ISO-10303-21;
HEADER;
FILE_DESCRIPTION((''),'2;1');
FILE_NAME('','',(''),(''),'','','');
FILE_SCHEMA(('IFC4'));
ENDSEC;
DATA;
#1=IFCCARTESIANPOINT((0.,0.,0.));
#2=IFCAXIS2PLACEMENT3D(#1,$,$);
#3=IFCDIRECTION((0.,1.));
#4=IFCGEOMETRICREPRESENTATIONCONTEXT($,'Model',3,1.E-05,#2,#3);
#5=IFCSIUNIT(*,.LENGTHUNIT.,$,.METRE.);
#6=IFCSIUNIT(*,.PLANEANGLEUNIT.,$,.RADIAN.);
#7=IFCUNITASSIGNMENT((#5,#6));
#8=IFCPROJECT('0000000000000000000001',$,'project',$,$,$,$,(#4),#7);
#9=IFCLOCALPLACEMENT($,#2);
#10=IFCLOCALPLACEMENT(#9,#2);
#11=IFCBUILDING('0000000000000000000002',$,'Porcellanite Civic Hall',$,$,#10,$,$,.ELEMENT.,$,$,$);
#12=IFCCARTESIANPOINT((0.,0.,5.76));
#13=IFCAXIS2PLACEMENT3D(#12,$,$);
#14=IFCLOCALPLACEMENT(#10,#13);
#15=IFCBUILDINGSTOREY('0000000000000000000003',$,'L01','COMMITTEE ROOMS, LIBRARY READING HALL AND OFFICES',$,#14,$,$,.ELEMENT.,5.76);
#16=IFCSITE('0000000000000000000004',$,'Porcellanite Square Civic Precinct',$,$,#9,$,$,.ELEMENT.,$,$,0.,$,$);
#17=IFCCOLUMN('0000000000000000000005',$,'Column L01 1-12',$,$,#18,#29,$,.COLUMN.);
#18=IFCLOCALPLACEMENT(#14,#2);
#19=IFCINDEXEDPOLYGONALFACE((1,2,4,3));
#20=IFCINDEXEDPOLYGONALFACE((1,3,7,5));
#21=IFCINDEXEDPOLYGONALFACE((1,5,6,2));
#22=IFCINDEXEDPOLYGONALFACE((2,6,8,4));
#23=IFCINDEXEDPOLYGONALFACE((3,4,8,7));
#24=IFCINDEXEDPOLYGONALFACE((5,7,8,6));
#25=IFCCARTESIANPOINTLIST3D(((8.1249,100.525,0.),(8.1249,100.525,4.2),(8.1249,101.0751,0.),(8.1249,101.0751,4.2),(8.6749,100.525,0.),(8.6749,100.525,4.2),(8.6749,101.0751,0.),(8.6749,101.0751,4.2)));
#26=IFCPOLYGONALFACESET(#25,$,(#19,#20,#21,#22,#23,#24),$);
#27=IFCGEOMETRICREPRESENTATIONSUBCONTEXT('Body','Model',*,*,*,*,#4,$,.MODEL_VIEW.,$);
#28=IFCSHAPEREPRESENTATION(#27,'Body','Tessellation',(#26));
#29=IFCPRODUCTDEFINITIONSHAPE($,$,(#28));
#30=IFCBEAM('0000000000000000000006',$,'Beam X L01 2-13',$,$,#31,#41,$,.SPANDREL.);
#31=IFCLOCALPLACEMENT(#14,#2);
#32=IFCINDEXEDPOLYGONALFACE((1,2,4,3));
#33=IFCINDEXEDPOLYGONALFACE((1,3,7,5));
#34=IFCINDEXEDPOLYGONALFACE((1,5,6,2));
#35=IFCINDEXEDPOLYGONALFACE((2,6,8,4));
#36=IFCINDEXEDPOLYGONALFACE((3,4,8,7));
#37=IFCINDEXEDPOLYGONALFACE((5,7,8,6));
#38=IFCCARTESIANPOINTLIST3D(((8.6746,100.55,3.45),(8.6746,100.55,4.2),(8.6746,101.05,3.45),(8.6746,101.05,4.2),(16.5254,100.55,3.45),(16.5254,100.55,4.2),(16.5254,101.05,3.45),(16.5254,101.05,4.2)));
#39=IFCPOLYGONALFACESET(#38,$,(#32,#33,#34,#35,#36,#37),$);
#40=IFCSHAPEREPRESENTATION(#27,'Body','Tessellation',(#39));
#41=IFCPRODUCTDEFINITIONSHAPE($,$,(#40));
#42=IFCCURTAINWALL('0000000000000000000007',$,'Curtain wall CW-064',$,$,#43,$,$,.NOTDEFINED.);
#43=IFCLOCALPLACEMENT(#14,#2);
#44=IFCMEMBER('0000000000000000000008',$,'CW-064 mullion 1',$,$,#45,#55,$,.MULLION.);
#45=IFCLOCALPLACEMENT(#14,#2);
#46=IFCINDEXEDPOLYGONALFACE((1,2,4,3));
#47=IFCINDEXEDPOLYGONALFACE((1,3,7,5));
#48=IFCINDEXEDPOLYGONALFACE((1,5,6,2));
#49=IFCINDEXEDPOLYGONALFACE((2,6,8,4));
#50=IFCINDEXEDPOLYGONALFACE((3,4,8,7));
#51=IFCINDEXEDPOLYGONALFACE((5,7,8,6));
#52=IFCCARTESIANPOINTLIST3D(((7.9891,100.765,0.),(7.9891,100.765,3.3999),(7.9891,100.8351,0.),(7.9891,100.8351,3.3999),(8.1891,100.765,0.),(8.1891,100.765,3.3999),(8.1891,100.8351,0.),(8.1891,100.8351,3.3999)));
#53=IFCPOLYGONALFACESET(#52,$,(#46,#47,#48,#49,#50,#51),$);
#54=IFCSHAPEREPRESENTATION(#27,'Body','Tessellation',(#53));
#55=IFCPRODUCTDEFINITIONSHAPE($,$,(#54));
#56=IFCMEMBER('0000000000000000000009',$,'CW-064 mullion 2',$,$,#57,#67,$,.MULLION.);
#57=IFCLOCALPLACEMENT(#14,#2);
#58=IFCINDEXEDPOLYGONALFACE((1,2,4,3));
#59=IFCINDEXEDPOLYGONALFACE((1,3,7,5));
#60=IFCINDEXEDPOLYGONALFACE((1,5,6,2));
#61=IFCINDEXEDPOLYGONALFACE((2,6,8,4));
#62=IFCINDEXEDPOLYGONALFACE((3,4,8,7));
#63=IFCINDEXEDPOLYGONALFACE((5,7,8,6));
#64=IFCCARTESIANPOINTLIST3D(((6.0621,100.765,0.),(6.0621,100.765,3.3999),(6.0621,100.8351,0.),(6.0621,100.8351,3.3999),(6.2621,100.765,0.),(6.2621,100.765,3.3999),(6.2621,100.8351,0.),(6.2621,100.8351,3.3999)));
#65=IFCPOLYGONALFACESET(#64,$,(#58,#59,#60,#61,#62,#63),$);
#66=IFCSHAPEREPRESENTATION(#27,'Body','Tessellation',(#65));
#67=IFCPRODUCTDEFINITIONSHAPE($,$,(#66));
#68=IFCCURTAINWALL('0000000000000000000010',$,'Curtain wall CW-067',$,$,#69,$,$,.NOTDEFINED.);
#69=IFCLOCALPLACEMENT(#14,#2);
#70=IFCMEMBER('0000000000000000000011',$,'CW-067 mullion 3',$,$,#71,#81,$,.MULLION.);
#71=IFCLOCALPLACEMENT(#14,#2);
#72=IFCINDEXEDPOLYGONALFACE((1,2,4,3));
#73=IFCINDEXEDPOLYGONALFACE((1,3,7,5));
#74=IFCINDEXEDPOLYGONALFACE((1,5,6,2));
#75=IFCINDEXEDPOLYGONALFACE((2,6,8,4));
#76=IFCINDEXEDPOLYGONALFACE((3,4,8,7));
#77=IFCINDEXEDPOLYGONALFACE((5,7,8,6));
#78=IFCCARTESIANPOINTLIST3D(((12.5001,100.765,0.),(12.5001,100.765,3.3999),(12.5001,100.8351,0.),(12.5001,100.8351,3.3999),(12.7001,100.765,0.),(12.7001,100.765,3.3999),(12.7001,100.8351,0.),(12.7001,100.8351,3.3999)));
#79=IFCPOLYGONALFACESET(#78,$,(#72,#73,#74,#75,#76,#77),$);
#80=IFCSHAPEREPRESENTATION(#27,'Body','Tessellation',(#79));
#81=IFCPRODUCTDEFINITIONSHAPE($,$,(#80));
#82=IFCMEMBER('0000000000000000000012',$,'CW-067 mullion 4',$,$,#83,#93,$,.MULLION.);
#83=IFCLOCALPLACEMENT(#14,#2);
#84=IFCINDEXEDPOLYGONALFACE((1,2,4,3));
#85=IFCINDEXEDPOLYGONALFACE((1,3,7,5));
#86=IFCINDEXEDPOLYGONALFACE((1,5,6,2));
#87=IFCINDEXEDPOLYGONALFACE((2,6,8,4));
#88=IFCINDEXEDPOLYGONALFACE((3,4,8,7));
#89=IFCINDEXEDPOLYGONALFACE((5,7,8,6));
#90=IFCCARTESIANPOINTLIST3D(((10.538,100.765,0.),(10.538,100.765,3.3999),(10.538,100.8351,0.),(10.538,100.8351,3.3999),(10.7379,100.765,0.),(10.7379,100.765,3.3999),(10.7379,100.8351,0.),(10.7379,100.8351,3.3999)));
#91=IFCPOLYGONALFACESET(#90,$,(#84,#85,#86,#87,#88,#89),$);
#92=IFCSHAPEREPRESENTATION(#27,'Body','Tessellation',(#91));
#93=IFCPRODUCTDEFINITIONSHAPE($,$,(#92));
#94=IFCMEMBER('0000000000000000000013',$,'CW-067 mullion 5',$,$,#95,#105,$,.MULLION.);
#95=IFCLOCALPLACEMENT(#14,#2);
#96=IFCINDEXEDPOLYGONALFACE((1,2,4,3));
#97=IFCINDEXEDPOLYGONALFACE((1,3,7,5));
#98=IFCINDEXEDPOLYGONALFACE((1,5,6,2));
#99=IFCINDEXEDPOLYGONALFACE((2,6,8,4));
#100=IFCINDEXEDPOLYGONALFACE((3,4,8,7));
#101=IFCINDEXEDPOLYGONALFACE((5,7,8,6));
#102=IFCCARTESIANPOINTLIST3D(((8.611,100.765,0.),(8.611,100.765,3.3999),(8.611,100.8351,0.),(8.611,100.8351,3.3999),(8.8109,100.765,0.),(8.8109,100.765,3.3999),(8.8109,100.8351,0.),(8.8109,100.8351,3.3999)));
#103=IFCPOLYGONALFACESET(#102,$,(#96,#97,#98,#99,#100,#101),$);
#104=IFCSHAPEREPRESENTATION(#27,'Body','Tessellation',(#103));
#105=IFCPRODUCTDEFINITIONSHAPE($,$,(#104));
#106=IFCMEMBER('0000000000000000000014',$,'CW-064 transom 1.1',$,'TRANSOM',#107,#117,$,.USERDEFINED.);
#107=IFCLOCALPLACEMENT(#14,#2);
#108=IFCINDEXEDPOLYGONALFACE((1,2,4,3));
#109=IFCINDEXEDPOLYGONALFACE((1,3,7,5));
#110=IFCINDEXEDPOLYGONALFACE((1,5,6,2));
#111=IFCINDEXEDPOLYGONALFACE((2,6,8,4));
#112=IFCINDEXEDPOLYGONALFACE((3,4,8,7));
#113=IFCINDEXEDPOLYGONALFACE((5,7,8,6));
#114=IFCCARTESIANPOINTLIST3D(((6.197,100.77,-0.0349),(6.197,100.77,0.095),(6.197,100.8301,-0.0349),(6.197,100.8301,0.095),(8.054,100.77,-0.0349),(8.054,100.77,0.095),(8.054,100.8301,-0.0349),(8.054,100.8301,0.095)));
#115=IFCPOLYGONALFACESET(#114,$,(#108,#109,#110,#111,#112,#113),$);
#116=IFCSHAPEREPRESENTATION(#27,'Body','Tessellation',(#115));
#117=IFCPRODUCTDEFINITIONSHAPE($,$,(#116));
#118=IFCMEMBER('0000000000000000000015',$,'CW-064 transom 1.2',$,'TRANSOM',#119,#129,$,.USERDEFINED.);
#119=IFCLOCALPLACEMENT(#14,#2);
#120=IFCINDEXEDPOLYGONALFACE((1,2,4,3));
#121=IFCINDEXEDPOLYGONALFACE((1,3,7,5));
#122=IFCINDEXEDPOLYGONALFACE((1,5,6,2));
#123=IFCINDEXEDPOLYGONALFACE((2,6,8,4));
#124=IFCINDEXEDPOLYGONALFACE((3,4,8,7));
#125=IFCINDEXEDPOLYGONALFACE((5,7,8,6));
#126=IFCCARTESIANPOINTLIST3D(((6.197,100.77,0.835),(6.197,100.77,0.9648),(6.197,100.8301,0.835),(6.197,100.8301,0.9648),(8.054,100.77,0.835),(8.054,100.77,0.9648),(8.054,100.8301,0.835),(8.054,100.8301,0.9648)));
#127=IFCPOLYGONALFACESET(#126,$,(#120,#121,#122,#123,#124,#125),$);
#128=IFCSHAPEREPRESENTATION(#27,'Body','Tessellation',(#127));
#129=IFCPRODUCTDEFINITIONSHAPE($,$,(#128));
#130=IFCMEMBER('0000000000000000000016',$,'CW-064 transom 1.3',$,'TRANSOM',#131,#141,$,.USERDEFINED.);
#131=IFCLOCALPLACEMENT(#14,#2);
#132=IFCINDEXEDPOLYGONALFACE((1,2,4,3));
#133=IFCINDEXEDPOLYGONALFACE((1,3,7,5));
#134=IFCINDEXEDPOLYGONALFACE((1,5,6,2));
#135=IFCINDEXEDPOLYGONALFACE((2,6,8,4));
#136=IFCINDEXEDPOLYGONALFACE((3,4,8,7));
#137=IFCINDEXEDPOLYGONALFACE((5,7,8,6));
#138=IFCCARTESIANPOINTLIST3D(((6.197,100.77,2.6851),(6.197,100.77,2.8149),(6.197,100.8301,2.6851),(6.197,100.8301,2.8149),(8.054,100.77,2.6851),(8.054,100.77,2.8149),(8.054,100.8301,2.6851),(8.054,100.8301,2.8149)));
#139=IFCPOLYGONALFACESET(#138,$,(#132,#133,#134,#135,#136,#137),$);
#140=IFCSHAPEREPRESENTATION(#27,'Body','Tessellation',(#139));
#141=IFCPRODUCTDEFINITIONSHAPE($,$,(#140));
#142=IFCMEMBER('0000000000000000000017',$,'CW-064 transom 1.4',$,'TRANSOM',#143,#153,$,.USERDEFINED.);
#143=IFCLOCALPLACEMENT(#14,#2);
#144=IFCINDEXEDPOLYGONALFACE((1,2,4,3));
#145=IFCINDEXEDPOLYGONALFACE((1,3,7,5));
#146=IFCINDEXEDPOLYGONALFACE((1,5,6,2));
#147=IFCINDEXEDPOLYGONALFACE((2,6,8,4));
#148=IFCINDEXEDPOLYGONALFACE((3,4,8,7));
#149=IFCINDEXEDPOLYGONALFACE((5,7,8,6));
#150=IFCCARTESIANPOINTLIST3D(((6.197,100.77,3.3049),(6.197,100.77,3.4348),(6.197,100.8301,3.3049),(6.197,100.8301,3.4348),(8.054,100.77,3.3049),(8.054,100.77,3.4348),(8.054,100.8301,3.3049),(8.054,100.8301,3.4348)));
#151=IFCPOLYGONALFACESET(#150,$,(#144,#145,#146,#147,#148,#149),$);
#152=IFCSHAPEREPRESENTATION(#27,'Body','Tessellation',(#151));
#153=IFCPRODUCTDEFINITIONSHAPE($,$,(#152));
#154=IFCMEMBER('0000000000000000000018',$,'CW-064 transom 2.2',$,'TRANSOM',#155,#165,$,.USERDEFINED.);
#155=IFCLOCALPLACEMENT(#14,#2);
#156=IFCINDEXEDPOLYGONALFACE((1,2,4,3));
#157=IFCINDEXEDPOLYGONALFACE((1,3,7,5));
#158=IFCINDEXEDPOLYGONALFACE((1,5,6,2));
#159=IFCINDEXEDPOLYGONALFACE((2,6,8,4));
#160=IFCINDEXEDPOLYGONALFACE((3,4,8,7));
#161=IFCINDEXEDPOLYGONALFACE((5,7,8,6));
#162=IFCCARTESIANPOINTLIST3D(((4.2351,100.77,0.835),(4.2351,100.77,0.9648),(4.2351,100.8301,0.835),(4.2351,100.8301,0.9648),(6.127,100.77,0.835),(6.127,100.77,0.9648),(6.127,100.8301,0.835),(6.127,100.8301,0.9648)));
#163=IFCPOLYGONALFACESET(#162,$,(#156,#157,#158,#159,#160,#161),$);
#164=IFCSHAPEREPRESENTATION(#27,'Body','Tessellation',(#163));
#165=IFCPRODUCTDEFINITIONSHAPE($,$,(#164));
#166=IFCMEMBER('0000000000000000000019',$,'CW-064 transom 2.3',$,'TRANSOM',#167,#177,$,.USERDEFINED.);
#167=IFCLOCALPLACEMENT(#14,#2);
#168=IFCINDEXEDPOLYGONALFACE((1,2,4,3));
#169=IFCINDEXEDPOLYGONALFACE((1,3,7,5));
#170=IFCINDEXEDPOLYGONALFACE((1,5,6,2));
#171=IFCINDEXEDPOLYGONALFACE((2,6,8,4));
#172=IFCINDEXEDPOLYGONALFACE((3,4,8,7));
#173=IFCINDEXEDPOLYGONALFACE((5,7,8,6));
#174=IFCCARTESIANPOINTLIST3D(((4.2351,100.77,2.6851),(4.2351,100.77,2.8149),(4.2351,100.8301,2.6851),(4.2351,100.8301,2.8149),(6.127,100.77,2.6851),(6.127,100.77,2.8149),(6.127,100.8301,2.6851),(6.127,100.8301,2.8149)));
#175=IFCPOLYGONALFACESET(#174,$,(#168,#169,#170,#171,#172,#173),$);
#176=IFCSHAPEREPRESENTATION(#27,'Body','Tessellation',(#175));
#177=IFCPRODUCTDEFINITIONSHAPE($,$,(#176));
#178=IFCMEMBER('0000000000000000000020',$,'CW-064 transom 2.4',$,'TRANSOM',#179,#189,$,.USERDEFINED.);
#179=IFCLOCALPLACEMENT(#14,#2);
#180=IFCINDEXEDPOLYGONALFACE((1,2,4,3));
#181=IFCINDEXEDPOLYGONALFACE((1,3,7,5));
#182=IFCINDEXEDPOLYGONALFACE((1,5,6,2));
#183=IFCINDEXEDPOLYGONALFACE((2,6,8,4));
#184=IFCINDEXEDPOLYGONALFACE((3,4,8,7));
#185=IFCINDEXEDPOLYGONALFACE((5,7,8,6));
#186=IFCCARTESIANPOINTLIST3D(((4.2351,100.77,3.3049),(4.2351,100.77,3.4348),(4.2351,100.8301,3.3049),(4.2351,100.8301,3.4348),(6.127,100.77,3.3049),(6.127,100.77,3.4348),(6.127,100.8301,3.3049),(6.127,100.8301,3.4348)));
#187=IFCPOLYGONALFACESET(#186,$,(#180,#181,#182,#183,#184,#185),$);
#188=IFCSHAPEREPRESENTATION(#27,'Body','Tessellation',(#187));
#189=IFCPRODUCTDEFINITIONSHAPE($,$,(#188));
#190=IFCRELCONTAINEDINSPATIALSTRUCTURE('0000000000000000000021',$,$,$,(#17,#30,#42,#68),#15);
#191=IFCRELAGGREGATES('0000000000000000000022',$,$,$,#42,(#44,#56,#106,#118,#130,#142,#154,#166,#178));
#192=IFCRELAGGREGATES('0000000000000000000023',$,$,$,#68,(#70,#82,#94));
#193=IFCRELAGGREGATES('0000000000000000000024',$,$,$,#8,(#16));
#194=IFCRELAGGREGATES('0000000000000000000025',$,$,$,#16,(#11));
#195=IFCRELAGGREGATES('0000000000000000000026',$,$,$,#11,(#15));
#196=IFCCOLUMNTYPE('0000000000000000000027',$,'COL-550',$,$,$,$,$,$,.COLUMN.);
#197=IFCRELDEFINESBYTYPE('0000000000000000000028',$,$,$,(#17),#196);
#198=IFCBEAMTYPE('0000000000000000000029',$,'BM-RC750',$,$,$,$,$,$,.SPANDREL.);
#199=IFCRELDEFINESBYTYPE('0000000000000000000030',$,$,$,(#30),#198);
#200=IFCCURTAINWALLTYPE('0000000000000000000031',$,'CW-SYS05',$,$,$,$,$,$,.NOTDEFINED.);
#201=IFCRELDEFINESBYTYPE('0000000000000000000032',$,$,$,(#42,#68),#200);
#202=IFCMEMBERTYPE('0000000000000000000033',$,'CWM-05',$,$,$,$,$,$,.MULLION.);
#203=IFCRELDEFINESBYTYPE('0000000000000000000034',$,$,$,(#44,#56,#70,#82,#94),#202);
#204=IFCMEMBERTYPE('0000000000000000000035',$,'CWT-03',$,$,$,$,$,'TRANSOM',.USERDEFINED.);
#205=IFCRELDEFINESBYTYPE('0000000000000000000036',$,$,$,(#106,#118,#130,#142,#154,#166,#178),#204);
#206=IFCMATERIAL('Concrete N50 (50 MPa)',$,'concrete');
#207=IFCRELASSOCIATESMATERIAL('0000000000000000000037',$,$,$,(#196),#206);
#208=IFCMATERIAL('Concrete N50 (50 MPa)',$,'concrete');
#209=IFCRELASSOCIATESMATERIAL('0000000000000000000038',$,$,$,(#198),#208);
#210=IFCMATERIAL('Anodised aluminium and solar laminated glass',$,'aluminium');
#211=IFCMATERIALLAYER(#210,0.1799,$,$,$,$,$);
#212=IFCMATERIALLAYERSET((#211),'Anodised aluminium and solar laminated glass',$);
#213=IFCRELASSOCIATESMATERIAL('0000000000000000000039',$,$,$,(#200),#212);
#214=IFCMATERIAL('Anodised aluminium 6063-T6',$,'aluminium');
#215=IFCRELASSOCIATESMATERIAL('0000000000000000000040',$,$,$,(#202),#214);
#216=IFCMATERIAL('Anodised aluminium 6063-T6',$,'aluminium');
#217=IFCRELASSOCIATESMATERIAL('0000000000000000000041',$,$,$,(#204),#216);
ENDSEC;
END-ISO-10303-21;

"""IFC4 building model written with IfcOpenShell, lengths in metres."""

from ifc_helpers import new_model, si_unit, direction, frame, origin, origin_2d, place, context, subcontext, project, spatial, rectangle, extrude, material, layer, layer_set, material_profile, profile_set, type_object, element, aggregate, save


model = new_model("IFC4")

# Units and contexts
model_context = context("Model", 3, precision=1e-05, world=origin(), true_north=direction((0.0, 1.0)))
body_context = subcontext(model_context, "Body", "Model", "MODEL_VIEW")
ifc_project = project(units=[si_unit("LENGTHUNIT", "METRE"), si_unit("PLANEANGLEUNIT", "RADIAN")], contexts=[model_context])

# Site, building, storey
site_placement = place(None, origin())
site = spatial("IfcSite", under=ifc_project, at=site_placement, Name="Porcellanite Square Civic Precinct", CompositionType="ELEMENT", RefElevation=0.0)
building_placement = place(site_placement, origin())
building = spatial("IfcBuilding", under=site, at=building_placement, Name="Porcellanite Civic Hall", CompositionType="ELEMENT")
storey_placement = place(building_placement, frame((0.0, 0.0, 5.76)))
storey = spatial("IfcBuildingStorey", under=building, at=storey_placement, Name="L01", Description="COMMITTEE ROOMS, LIBRARY READING HALL AND OFFICES", CompositionType="ELEMENT", Elevation=5.76)

# Column
ifc_material_1 = material(Name="Concrete N50 (50 MPa)", Category="concrete")
ifc_material_profile_1 = material_profile(ifc_material_1, rectangle(XDim=0.55, YDim=0.55, at=origin_2d()), Name="RC-550x550")
ifc_profile_set_1 = profile_set([ifc_material_profile_1], Name="Concrete N50 (50 MPa)")
column_type = type_object("IfcColumnType", Name="COL-550", PredefinedType="COLUMN", material=ifc_profile_set_1)
column_placement = place(storey_placement, frame((8.3999, 100.8, 0.0), z_axis=(0.0, 0.0, 1.0), x_axis=(1.0, 0.0, 0.0)))
element("IfcColumn", 1, at=column_placement, inside=storey, type_object=column_type, Name="Column L01 1-12", PredefinedType="COLUMN", context=body_context, shape_type="SweptSolid", body=[
    extrude(rectangle(XDim=0.55, YDim=0.55, at=origin_2d()), origin(), (0.0, 0.0, 1.0), 4.2),
])

# Beam
ifc_material_2 = material(Name="Concrete N50 (50 MPa)", Category="concrete")
ifc_material_profile_2 = material_profile(ifc_material_2, rectangle(XDim=0.5, YDim=0.75, at=origin_2d()), Name="RC-500x750")
ifc_profile_set_2 = profile_set([ifc_material_profile_2], Name="Concrete N50 (50 MPa)")
beam_type = type_object("IfcBeamType", Name="BM-RC750", PredefinedType="SPANDREL", material=ifc_profile_set_2)
beam_placement = place(storey_placement, frame((8.6746, 100.8, 3.825), z_axis=(1.0, 0.0, 0.0), x_axis=(0.0, 1.0, 0.0)))
element("IfcBeam", 2, at=beam_placement, inside=storey, type_object=beam_type, Name="Beam X L01 2-13", PredefinedType="SPANDREL", context=body_context, shape_type="SweptSolid", body=[
    extrude(rectangle(XDim=0.5, YDim=0.75, at=origin_2d()), origin(), (0.0, 0.0, 1.0), 7.8508),
])

# Curtain walls, members
ifc_material_3 = material(Name="Anodised aluminium and solar laminated glass", Category="aluminium")
ifc_layer_1 = layer(ifc_material_3, 0.1799)
ifc_layer_set_1 = layer_set([ifc_layer_1], Name="Anodised aluminium and solar laminated glass")
curtain_wall_type = type_object("IfcCurtainWallType", Name="CW-SYS05", PredefinedType="NOTDEFINED", material=ifc_layer_set_1)
curtain_wall_1_placement = place(storey_placement, origin())
curtain_wall_1 = element("IfcCurtainWall", 3, at=curtain_wall_1_placement, inside=storey, type_object=curtain_wall_type, Name="Curtain wall CW-064", PredefinedType="NOTDEFINED")
ifc_material_4 = material(Name="Anodised aluminium 6063-T6", Category="aluminium")
ifc_material_profile_3 = material_profile(ifc_material_4, rectangle(XDim=0.0701, YDim=0.2, at=origin_2d()), Name="AL-70x200")
ifc_profile_set_3 = profile_set([ifc_material_profile_3], Name="Anodised aluminium 6063-T6")
member_type_1 = type_object("IfcMemberType", Name="CWM-05", PredefinedType="MULLION", material=ifc_profile_set_3)
member_1_placement = place(storey_placement, frame((8.0891, 100.8, 0.0), z_axis=(0.0, 0.0, 1.0), x_axis=(0.0, -1.0, 0.0)))
member_1 = element("IfcMember", 4, at=member_1_placement, type_object=member_type_1, Name="CW-064 mullion 1", PredefinedType="MULLION", context=body_context, shape_type="SweptSolid", body=[
    extrude(rectangle(XDim=0.0701, YDim=0.2, at=origin_2d()), origin(), (0.0, 0.0, 1.0), 3.3999),
])
member_2_placement = place(storey_placement, frame((6.1621, 100.8, 0.0), z_axis=(0.0, 0.0, 1.0), x_axis=(0.0, -1.0, 0.0)))
member_2 = element("IfcMember", 5, at=member_2_placement, type_object=member_type_1, Name="CW-064 mullion 2", PredefinedType="MULLION", context=body_context, shape_type="SweptSolid", body=[
    extrude(rectangle(XDim=0.0701, YDim=0.2, at=origin_2d()), origin(), (0.0, 0.0, 1.0), 3.3999),
])
curtain_wall_2_placement = place(storey_placement, origin())
curtain_wall_2 = element("IfcCurtainWall", 6, at=curtain_wall_2_placement, inside=storey, type_object=curtain_wall_type, Name="Curtain wall CW-067", PredefinedType="NOTDEFINED")
member_3_placement = place(storey_placement, frame((12.6001, 100.8, 0.0), z_axis=(0.0, 0.0, 1.0), x_axis=(0.0, -1.0, 0.0)))
member_3 = element("IfcMember", 7, at=member_3_placement, type_object=member_type_1, Name="CW-067 mullion 3", PredefinedType="MULLION", context=body_context, shape_type="SweptSolid", body=[
    extrude(rectangle(XDim=0.0701, YDim=0.2, at=origin_2d()), origin(), (0.0, 0.0, 1.0), 3.3999),
])
member_4_placement = place(storey_placement, frame((10.6379, 100.8, 0.0), z_axis=(0.0, 0.0, 1.0), x_axis=(0.0, -1.0, 0.0)))
member_4 = element("IfcMember", 8, at=member_4_placement, type_object=member_type_1, Name="CW-067 mullion 4", PredefinedType="MULLION", context=body_context, shape_type="SweptSolid", body=[
    extrude(rectangle(XDim=0.0701, YDim=0.2, at=origin_2d()), origin(), (0.0, 0.0, 1.0), 3.3999),
])
member_5_placement = place(storey_placement, frame((8.7109, 100.8, 0.0), z_axis=(0.0, 0.0, 1.0), x_axis=(0.0, -1.0, 0.0)))
member_5 = element("IfcMember", 9, at=member_5_placement, type_object=member_type_1, Name="CW-067 mullion 5", PredefinedType="MULLION", context=body_context, shape_type="SweptSolid", body=[
    extrude(rectangle(XDim=0.0701, YDim=0.2, at=origin_2d()), origin(), (0.0, 0.0, 1.0), 3.3999),
])

# Members
ifc_material_5 = material(Name="Anodised aluminium 6063-T6", Category="aluminium")
ifc_material_profile_4 = material_profile(ifc_material_5, rectangle(XDim=0.0601, YDim=0.1299, at=origin_2d()), Name="AL-60x130")
ifc_profile_set_4 = profile_set([ifc_material_profile_4], Name="Anodised aluminium 6063-T6")
member_type_2 = type_object("IfcMemberType", Name="CWT-03", ElementType="TRANSOM", PredefinedType="USERDEFINED", material=ifc_profile_set_4)
member_6_placement = place(storey_placement, frame((8.054, 100.8, 0.03), z_axis=(-1.0, 0.0, 0.0), x_axis=(0.0, -1.0, 0.0)))
member_6 = element("IfcMember", 10, at=member_6_placement, type_object=member_type_2, Name="CW-064 transom 1.1", ObjectType="TRANSOM", PredefinedType="USERDEFINED", context=body_context, shape_type="SweptSolid", body=[
    extrude(rectangle(XDim=0.0601, YDim=0.1299, at=origin_2d()), origin(), (0.0, 0.0, 1.0), 1.8569),
])
member_7_placement = place(storey_placement, frame((8.054, 100.8, 0.8999), z_axis=(-1.0, 0.0, 0.0), x_axis=(0.0, -1.0, 0.0)))
member_7 = element("IfcMember", 11, at=member_7_placement, type_object=member_type_2, Name="CW-064 transom 1.2", ObjectType="TRANSOM", PredefinedType="USERDEFINED", context=body_context, shape_type="SweptSolid", body=[
    extrude(rectangle(XDim=0.0601, YDim=0.1299, at=origin_2d()), origin(), (0.0, 0.0, 1.0), 1.8569),
])
member_8_placement = place(storey_placement, frame((8.054, 100.8, 2.75), z_axis=(-1.0, 0.0, 0.0), x_axis=(0.0, -1.0, 0.0)))
member_8 = element("IfcMember", 12, at=member_8_placement, type_object=member_type_2, Name="CW-064 transom 1.3", ObjectType="TRANSOM", PredefinedType="USERDEFINED", context=body_context, shape_type="SweptSolid", body=[
    extrude(rectangle(XDim=0.0601, YDim=0.1299, at=origin_2d()), origin(), (0.0, 0.0, 1.0), 1.8569),
])
member_9_placement = place(storey_placement, frame((8.054, 100.8, 3.3699), z_axis=(-1.0, 0.0, 0.0), x_axis=(0.0, -1.0, 0.0)))
member_9 = element("IfcMember", 13, at=member_9_placement, type_object=member_type_2, Name="CW-064 transom 1.4", ObjectType="TRANSOM", PredefinedType="USERDEFINED", context=body_context, shape_type="SweptSolid", body=[
    extrude(rectangle(XDim=0.0601, YDim=0.1299, at=origin_2d()), origin(), (0.0, 0.0, 1.0), 1.8569),
])
member_10_placement = place(storey_placement, frame((6.127, 100.8, 0.8999), z_axis=(-1.0, 0.0, 0.0), x_axis=(0.0, -1.0, 0.0)))
member_10 = element("IfcMember", 14, at=member_10_placement, type_object=member_type_2, Name="CW-064 transom 2.2", ObjectType="TRANSOM", PredefinedType="USERDEFINED", context=body_context, shape_type="SweptSolid", body=[
    extrude(rectangle(XDim=0.0601, YDim=0.1299, at=origin_2d()), origin(), (0.0, 0.0, 1.0), 1.8918),
])
member_11_placement = place(storey_placement, frame((6.127, 100.8, 2.75), z_axis=(-1.0, 0.0, 0.0), x_axis=(0.0, -1.0, 0.0)))
member_11 = element("IfcMember", 15, at=member_11_placement, type_object=member_type_2, Name="CW-064 transom 2.3", ObjectType="TRANSOM", PredefinedType="USERDEFINED", context=body_context, shape_type="SweptSolid", body=[
    extrude(rectangle(XDim=0.0601, YDim=0.1299, at=origin_2d()), origin(), (0.0, 0.0, 1.0), 1.8918),
])
member_12_placement = place(storey_placement, frame((6.127, 100.8, 3.3699), z_axis=(-1.0, 0.0, 0.0), x_axis=(0.0, -1.0, 0.0)))
member_12 = element("IfcMember", 16, at=member_12_placement, type_object=member_type_2, Name="CW-064 transom 2.4", ObjectType="TRANSOM", PredefinedType="USERDEFINED", context=body_context, shape_type="SweptSolid", body=[
    extrude(rectangle(XDim=0.0601, YDim=0.1299, at=origin_2d()), origin(), (0.0, 0.0, 1.0), 1.8918),
])

aggregate(curtain_wall_1, [member_1, member_2, member_6, member_7, member_8, member_9, member_10, member_11, member_12])
aggregate(curtain_wall_2, [member_3, member_4, member_5])

save(model, "model.ifc")
